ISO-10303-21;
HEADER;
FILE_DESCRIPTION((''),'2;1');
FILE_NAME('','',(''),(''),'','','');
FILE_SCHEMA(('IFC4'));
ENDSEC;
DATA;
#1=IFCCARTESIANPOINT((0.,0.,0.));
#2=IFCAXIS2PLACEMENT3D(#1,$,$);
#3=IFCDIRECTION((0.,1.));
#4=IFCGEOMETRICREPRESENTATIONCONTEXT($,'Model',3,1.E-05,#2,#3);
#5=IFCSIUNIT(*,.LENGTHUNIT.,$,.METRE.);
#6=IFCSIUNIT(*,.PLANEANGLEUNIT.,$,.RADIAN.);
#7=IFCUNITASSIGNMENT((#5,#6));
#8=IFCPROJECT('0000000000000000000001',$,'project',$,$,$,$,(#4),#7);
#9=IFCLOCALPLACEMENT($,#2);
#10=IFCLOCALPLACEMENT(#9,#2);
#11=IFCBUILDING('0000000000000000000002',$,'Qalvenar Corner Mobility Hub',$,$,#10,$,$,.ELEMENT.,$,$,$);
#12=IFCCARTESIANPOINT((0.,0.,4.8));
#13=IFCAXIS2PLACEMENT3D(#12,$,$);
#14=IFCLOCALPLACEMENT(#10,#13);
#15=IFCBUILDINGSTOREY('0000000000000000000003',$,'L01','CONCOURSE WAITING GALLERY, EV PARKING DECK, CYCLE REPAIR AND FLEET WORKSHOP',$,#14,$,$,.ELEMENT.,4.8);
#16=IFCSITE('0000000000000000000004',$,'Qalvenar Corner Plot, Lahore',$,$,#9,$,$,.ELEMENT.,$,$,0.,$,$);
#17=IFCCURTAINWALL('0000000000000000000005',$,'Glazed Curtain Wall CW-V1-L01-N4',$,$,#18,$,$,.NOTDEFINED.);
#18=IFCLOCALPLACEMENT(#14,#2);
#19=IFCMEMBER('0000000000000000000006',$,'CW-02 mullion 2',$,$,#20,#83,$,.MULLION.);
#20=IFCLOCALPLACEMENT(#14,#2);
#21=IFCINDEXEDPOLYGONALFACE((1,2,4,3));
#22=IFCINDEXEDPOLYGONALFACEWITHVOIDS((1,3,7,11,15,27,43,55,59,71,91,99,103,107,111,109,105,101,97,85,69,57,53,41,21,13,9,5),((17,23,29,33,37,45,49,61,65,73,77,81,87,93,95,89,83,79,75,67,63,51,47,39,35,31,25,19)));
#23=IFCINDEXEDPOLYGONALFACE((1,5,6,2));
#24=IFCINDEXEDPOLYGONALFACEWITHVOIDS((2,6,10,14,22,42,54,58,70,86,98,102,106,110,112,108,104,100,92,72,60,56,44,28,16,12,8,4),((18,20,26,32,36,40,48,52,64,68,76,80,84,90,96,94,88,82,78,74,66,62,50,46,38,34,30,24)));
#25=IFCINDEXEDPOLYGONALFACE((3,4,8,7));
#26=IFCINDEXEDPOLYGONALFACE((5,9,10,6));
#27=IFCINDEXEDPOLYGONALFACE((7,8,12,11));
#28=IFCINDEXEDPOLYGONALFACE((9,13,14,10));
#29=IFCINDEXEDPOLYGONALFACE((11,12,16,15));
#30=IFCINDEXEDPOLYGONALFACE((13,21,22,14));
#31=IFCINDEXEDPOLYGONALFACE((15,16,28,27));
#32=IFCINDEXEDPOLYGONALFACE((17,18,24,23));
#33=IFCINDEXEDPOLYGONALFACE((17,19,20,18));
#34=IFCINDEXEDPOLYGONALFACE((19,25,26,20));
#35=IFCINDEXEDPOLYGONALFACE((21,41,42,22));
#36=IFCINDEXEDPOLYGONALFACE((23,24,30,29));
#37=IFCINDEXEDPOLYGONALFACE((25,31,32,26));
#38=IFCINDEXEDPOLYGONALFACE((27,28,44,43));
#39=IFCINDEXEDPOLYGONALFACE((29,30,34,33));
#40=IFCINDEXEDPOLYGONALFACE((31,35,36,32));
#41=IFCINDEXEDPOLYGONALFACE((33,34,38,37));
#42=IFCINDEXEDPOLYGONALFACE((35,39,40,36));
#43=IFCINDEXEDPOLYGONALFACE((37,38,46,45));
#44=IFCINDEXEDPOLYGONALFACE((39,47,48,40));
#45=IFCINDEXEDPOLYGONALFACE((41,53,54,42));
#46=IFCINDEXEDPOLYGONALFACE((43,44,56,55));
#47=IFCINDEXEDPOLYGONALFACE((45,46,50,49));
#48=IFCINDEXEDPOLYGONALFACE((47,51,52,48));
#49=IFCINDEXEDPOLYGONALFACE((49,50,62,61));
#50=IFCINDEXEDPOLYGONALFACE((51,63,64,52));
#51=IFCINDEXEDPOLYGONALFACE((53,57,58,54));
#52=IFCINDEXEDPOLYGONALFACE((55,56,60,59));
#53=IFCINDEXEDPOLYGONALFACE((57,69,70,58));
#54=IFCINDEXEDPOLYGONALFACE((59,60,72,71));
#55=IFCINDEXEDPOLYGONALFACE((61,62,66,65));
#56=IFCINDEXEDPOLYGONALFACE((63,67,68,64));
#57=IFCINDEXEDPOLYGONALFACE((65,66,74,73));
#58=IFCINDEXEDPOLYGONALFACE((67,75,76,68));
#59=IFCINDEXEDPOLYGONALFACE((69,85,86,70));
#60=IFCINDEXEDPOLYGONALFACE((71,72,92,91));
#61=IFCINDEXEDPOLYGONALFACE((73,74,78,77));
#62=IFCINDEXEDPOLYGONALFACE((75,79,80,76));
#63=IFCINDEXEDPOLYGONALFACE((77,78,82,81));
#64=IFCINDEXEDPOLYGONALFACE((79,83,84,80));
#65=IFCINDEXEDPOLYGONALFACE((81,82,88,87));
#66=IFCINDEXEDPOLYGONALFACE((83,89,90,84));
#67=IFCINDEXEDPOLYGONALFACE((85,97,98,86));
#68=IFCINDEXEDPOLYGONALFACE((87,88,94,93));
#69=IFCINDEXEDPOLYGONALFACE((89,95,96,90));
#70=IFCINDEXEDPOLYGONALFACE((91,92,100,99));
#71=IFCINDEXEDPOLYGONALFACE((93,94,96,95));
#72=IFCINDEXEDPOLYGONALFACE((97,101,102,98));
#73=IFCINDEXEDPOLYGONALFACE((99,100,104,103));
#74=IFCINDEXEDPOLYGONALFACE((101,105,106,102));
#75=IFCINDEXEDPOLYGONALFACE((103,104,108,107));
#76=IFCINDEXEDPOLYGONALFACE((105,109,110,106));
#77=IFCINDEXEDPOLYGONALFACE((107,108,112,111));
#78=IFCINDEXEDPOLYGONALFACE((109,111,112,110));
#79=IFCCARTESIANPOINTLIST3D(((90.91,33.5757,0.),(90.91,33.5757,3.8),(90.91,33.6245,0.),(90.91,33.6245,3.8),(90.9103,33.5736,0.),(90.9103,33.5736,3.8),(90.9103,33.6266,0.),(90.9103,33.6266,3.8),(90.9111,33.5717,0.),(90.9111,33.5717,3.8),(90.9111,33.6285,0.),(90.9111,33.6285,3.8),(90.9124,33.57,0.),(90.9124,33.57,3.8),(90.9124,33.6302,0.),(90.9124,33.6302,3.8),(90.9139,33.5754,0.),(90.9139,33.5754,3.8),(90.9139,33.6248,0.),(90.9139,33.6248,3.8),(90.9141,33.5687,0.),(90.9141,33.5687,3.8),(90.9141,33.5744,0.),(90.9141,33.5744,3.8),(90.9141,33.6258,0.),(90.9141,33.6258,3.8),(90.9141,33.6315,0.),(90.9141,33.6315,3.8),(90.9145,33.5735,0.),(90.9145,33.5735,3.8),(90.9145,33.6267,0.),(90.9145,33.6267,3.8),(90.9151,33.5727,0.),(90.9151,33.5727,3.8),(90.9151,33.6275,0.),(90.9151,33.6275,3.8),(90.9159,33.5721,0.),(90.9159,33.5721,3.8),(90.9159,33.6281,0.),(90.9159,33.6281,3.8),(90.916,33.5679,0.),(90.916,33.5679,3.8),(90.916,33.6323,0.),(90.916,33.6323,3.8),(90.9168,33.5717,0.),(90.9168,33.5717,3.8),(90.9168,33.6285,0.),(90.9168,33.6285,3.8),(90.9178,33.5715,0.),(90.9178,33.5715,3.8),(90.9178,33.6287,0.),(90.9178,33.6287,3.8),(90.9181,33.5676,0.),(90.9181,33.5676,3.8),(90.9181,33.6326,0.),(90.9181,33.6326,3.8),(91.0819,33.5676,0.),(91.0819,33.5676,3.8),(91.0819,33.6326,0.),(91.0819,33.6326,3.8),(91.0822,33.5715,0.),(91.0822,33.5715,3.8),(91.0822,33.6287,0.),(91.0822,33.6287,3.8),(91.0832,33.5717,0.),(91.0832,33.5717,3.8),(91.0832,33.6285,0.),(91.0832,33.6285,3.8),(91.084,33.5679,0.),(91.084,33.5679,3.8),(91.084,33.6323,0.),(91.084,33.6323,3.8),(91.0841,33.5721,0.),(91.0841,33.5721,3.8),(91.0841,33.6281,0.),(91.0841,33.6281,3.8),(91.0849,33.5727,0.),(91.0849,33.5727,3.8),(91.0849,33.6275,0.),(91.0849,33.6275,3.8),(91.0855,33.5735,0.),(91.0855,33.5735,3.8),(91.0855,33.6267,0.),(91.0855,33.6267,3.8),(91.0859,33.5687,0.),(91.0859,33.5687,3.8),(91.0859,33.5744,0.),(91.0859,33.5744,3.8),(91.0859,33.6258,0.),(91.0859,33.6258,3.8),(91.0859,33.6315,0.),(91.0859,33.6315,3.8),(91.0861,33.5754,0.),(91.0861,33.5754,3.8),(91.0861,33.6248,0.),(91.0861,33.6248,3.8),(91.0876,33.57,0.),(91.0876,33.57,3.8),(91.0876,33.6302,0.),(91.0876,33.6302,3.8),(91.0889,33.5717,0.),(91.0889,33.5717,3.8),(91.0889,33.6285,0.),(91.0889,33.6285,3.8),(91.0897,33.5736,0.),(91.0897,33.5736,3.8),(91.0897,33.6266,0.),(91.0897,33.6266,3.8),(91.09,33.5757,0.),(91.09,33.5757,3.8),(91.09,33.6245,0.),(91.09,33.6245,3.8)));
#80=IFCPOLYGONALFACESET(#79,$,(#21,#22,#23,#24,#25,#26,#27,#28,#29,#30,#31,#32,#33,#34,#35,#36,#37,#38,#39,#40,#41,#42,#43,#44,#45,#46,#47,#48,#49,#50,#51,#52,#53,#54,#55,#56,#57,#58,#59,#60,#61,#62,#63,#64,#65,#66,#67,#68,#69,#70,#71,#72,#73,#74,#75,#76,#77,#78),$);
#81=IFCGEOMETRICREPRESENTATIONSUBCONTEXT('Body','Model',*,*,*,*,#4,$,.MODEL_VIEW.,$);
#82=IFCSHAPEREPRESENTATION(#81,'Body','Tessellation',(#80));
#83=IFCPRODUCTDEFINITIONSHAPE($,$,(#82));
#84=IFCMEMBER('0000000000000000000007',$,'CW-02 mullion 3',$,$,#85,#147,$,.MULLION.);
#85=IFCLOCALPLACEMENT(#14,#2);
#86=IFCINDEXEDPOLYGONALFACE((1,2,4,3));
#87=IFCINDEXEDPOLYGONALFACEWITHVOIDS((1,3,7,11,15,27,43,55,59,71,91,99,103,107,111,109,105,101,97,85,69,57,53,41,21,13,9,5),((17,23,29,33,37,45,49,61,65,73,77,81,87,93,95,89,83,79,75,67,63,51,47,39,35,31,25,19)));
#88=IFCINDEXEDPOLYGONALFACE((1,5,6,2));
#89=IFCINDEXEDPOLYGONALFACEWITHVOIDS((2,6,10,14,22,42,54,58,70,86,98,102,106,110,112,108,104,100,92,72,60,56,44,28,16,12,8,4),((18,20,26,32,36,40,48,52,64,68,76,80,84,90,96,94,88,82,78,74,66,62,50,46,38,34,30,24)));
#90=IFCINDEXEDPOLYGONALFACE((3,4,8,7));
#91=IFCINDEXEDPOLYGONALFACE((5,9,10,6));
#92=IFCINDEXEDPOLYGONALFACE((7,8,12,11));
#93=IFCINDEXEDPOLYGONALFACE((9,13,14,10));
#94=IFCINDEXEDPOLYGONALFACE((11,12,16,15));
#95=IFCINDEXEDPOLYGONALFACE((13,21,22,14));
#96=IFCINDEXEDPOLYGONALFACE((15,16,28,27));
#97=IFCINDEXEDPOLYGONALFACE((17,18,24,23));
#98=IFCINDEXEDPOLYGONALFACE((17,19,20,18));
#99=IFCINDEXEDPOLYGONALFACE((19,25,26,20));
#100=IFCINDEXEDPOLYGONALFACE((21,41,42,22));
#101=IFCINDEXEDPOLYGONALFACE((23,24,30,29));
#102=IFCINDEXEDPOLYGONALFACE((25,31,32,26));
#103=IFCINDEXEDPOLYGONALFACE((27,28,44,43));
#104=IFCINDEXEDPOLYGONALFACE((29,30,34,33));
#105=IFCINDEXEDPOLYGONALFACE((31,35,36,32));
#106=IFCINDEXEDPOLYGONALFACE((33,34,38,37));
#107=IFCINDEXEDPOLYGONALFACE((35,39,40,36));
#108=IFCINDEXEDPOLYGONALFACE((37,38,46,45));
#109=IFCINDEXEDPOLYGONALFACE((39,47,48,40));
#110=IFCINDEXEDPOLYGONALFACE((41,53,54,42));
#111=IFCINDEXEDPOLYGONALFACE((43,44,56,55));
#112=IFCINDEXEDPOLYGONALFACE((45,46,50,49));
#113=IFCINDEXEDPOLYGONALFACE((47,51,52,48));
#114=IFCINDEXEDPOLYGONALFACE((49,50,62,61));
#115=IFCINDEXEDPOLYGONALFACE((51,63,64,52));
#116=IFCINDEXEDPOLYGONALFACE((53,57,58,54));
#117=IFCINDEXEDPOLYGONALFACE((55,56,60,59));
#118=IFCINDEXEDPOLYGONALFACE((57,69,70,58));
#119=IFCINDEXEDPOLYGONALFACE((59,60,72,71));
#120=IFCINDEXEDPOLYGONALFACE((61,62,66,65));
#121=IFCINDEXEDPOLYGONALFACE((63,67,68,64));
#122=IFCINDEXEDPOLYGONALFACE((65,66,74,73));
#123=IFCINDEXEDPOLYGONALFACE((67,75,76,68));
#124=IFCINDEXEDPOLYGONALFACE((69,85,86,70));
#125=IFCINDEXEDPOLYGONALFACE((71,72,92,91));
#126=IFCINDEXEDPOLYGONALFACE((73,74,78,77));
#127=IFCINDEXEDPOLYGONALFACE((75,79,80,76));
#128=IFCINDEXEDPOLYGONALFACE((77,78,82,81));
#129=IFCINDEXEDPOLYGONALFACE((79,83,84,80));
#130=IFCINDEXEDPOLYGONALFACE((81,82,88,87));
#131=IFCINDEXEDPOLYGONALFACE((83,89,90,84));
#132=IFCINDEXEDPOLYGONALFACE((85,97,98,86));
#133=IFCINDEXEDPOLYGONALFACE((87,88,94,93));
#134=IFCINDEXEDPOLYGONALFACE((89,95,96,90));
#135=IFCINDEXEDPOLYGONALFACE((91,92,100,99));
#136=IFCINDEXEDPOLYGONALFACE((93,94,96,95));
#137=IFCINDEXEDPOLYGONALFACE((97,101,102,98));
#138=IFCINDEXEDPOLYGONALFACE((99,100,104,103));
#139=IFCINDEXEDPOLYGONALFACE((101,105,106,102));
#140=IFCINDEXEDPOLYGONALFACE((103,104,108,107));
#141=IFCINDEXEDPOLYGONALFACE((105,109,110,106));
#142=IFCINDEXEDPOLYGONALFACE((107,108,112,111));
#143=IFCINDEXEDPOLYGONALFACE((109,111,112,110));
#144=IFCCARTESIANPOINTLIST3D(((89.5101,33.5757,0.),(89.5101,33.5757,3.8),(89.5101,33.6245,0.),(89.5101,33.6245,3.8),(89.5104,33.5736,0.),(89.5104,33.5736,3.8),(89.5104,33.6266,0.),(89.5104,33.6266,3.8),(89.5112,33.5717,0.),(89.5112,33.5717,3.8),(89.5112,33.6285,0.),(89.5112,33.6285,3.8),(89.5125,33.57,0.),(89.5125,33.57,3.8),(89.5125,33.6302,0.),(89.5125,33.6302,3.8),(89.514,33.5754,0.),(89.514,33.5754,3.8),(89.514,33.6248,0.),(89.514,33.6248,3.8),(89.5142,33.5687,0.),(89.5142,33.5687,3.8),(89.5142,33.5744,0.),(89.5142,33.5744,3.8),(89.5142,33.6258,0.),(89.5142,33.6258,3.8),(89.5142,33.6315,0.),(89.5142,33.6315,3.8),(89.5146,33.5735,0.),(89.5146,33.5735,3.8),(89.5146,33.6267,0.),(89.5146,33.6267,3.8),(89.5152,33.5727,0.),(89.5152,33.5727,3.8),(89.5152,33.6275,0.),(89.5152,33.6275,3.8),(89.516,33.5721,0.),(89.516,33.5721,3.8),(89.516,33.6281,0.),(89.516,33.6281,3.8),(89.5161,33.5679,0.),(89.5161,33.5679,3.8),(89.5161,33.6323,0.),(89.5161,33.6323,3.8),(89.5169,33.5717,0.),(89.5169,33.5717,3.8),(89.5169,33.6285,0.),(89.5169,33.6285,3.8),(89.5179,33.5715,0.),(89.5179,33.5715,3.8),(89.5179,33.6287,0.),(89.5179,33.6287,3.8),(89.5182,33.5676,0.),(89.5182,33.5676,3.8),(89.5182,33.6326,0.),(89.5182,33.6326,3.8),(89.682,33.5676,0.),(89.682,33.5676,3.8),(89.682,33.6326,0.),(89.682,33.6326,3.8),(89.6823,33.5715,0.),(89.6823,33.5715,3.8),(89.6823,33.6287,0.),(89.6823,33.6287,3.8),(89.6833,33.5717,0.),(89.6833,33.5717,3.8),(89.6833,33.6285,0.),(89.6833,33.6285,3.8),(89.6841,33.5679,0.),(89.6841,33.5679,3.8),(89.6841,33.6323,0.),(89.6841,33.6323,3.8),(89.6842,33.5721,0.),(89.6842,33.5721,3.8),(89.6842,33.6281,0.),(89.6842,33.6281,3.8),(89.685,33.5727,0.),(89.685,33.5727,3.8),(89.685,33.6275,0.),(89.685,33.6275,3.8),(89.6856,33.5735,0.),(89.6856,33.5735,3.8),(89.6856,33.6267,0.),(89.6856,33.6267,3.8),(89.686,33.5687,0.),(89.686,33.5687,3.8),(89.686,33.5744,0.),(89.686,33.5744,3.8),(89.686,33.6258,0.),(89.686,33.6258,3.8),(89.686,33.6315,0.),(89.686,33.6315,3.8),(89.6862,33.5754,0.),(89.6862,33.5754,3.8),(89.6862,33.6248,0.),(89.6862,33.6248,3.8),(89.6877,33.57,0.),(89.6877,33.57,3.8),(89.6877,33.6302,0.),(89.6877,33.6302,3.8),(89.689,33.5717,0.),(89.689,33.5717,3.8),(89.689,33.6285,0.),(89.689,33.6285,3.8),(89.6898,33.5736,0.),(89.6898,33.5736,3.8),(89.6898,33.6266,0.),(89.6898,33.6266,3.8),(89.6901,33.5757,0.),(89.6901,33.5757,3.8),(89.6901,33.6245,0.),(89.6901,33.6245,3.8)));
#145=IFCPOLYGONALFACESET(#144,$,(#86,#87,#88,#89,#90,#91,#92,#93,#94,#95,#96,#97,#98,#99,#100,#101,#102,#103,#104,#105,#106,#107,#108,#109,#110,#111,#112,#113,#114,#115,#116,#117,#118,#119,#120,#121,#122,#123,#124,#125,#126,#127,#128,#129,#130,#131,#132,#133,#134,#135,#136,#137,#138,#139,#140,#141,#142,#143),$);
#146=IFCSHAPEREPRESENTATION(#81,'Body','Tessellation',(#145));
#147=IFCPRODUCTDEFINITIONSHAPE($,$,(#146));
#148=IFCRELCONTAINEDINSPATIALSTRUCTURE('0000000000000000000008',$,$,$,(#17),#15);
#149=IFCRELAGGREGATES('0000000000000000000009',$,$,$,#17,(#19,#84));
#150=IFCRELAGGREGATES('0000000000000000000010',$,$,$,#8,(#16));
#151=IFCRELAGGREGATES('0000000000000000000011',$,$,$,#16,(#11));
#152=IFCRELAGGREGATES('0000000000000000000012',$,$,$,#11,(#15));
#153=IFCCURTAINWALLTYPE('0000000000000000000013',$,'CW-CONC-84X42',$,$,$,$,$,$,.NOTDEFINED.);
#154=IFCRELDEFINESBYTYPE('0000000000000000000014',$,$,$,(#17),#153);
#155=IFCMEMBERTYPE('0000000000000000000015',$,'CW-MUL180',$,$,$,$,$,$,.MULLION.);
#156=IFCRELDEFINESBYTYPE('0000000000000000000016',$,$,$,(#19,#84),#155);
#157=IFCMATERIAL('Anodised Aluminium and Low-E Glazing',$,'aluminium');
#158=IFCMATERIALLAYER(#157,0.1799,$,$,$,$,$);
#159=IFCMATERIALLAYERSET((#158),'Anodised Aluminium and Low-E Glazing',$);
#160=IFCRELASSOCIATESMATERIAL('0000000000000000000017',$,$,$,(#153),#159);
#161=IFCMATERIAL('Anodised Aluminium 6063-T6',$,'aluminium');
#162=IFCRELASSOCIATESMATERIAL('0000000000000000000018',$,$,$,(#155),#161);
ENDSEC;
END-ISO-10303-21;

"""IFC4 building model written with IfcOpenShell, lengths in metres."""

from ifc_helpers import new_model, si_unit, direction, frame, origin, origin_2d, place, context, subcontext, project, spatial, hollow_rectangle, extrude, material, layer, layer_set, material_profile, profile_set, type_object, element, aggregate, save


model = new_model("IFC4")

# Units and contexts
model_context = context("Model", 3, precision=1e-05, world=origin(), true_north=direction((0.0, 1.0)))
body_context = subcontext(model_context, "Body", "Model", "MODEL_VIEW")
ifc_project = project(units=[si_unit("LENGTHUNIT", "METRE"), si_unit("PLANEANGLEUNIT", "RADIAN")], contexts=[model_context])

# Site, building, storey
site_placement = place(None, origin())
site = spatial("IfcSite", under=ifc_project, at=site_placement, Name="Qalvenar Corner Plot, Lahore", CompositionType="ELEMENT", RefElevation=0.0)
building_placement = place(site_placement, origin())
building = spatial("IfcBuilding", under=site, at=building_placement, Name="Qalvenar Corner Mobility Hub", CompositionType="ELEMENT")
storey_placement = place(building_placement, frame((0.0, 0.0, 4.8)))
storey = spatial("IfcBuildingStorey", under=building, at=storey_placement, Name="L01", Description="CONCOURSE WAITING GALLERY, EV PARKING DECK, CYCLE REPAIR AND FLEET WORKSHOP", CompositionType="ELEMENT", Elevation=4.8)

# Curtain wall, members
ifc_material_1 = material(Name="Anodised Aluminium and Low-E Glazing", Category="aluminium")
ifc_layer_1 = layer(ifc_material_1, 0.1799)
ifc_layer_set_1 = layer_set([ifc_layer_1], Name="Anodised Aluminium and Low-E Glazing")
curtain_wall_type = type_object("IfcCurtainWallType", Name="CW-CONC-84X42", PredefinedType="NOTDEFINED", material=ifc_layer_set_1)
curtain_wall_placement = place(storey_placement, origin())
curtain_wall = element("IfcCurtainWall", 1, at=curtain_wall_placement, inside=storey, type_object=curtain_wall_type, Name="Glazed Curtain Wall CW-V1-L01-N4", PredefinedType="NOTDEFINED")
ifc_material_2 = material(Name="Anodised Aluminium 6063-T6", Category="aluminium")
ifc_material_profile_1 = material_profile(ifc_material_2, hollow_rectangle(XDim=0.0649, YDim=0.1799, WallThickness=0.0039, InnerFilletRadius=0.0039, OuterFilletRadius=0.0081, at=origin_2d()), Name="RHS180x65x4")
ifc_profile_set_1 = profile_set([ifc_material_profile_1], Name="Anodised Aluminium 6063-T6")
member_type_1 = type_object("IfcMemberType", Name="CW-MUL180", PredefinedType="MULLION", material=ifc_profile_set_1)
member_1_placement = place(storey_placement, frame((91.0, 33.6001, 0.0), z_axis=(0.0, 0.0, 1.0), x_axis=(0.0, -1.0, 0.0)))
member_1 = element("IfcMember", 2, at=member_1_placement, type_object=member_type_1, Name="CW-02 mullion 2", PredefinedType="MULLION", context=body_context, shape_type="SweptSolid", body=[
    extrude(hollow_rectangle(XDim=0.0649, YDim=0.1799, WallThickness=0.0039, InnerFilletRadius=0.0039, OuterFilletRadius=0.0081, at=origin_2d()), origin(), (0.0, 0.0, 1.0), 3.8),
])
member_2_placement = place(storey_placement, frame((89.6001, 33.6001, 0.0), z_axis=(0.0, 0.0, 1.0), x_axis=(0.0, -1.0, 0.0)))
member_2 = element("IfcMember", 3, at=member_2_placement, type_object=member_type_1, Name="CW-02 mullion 3", PredefinedType="MULLION", context=body_context, shape_type="SweptSolid", body=[
    extrude(hollow_rectangle(XDim=0.0649, YDim=0.1799, WallThickness=0.0039, InnerFilletRadius=0.0039, OuterFilletRadius=0.0081, at=origin_2d()), origin(), (0.0, 0.0, 1.0), 3.8),
])
aggregate(curtain_wall, [member_1, member_2])

save(model, "model.ifc")
